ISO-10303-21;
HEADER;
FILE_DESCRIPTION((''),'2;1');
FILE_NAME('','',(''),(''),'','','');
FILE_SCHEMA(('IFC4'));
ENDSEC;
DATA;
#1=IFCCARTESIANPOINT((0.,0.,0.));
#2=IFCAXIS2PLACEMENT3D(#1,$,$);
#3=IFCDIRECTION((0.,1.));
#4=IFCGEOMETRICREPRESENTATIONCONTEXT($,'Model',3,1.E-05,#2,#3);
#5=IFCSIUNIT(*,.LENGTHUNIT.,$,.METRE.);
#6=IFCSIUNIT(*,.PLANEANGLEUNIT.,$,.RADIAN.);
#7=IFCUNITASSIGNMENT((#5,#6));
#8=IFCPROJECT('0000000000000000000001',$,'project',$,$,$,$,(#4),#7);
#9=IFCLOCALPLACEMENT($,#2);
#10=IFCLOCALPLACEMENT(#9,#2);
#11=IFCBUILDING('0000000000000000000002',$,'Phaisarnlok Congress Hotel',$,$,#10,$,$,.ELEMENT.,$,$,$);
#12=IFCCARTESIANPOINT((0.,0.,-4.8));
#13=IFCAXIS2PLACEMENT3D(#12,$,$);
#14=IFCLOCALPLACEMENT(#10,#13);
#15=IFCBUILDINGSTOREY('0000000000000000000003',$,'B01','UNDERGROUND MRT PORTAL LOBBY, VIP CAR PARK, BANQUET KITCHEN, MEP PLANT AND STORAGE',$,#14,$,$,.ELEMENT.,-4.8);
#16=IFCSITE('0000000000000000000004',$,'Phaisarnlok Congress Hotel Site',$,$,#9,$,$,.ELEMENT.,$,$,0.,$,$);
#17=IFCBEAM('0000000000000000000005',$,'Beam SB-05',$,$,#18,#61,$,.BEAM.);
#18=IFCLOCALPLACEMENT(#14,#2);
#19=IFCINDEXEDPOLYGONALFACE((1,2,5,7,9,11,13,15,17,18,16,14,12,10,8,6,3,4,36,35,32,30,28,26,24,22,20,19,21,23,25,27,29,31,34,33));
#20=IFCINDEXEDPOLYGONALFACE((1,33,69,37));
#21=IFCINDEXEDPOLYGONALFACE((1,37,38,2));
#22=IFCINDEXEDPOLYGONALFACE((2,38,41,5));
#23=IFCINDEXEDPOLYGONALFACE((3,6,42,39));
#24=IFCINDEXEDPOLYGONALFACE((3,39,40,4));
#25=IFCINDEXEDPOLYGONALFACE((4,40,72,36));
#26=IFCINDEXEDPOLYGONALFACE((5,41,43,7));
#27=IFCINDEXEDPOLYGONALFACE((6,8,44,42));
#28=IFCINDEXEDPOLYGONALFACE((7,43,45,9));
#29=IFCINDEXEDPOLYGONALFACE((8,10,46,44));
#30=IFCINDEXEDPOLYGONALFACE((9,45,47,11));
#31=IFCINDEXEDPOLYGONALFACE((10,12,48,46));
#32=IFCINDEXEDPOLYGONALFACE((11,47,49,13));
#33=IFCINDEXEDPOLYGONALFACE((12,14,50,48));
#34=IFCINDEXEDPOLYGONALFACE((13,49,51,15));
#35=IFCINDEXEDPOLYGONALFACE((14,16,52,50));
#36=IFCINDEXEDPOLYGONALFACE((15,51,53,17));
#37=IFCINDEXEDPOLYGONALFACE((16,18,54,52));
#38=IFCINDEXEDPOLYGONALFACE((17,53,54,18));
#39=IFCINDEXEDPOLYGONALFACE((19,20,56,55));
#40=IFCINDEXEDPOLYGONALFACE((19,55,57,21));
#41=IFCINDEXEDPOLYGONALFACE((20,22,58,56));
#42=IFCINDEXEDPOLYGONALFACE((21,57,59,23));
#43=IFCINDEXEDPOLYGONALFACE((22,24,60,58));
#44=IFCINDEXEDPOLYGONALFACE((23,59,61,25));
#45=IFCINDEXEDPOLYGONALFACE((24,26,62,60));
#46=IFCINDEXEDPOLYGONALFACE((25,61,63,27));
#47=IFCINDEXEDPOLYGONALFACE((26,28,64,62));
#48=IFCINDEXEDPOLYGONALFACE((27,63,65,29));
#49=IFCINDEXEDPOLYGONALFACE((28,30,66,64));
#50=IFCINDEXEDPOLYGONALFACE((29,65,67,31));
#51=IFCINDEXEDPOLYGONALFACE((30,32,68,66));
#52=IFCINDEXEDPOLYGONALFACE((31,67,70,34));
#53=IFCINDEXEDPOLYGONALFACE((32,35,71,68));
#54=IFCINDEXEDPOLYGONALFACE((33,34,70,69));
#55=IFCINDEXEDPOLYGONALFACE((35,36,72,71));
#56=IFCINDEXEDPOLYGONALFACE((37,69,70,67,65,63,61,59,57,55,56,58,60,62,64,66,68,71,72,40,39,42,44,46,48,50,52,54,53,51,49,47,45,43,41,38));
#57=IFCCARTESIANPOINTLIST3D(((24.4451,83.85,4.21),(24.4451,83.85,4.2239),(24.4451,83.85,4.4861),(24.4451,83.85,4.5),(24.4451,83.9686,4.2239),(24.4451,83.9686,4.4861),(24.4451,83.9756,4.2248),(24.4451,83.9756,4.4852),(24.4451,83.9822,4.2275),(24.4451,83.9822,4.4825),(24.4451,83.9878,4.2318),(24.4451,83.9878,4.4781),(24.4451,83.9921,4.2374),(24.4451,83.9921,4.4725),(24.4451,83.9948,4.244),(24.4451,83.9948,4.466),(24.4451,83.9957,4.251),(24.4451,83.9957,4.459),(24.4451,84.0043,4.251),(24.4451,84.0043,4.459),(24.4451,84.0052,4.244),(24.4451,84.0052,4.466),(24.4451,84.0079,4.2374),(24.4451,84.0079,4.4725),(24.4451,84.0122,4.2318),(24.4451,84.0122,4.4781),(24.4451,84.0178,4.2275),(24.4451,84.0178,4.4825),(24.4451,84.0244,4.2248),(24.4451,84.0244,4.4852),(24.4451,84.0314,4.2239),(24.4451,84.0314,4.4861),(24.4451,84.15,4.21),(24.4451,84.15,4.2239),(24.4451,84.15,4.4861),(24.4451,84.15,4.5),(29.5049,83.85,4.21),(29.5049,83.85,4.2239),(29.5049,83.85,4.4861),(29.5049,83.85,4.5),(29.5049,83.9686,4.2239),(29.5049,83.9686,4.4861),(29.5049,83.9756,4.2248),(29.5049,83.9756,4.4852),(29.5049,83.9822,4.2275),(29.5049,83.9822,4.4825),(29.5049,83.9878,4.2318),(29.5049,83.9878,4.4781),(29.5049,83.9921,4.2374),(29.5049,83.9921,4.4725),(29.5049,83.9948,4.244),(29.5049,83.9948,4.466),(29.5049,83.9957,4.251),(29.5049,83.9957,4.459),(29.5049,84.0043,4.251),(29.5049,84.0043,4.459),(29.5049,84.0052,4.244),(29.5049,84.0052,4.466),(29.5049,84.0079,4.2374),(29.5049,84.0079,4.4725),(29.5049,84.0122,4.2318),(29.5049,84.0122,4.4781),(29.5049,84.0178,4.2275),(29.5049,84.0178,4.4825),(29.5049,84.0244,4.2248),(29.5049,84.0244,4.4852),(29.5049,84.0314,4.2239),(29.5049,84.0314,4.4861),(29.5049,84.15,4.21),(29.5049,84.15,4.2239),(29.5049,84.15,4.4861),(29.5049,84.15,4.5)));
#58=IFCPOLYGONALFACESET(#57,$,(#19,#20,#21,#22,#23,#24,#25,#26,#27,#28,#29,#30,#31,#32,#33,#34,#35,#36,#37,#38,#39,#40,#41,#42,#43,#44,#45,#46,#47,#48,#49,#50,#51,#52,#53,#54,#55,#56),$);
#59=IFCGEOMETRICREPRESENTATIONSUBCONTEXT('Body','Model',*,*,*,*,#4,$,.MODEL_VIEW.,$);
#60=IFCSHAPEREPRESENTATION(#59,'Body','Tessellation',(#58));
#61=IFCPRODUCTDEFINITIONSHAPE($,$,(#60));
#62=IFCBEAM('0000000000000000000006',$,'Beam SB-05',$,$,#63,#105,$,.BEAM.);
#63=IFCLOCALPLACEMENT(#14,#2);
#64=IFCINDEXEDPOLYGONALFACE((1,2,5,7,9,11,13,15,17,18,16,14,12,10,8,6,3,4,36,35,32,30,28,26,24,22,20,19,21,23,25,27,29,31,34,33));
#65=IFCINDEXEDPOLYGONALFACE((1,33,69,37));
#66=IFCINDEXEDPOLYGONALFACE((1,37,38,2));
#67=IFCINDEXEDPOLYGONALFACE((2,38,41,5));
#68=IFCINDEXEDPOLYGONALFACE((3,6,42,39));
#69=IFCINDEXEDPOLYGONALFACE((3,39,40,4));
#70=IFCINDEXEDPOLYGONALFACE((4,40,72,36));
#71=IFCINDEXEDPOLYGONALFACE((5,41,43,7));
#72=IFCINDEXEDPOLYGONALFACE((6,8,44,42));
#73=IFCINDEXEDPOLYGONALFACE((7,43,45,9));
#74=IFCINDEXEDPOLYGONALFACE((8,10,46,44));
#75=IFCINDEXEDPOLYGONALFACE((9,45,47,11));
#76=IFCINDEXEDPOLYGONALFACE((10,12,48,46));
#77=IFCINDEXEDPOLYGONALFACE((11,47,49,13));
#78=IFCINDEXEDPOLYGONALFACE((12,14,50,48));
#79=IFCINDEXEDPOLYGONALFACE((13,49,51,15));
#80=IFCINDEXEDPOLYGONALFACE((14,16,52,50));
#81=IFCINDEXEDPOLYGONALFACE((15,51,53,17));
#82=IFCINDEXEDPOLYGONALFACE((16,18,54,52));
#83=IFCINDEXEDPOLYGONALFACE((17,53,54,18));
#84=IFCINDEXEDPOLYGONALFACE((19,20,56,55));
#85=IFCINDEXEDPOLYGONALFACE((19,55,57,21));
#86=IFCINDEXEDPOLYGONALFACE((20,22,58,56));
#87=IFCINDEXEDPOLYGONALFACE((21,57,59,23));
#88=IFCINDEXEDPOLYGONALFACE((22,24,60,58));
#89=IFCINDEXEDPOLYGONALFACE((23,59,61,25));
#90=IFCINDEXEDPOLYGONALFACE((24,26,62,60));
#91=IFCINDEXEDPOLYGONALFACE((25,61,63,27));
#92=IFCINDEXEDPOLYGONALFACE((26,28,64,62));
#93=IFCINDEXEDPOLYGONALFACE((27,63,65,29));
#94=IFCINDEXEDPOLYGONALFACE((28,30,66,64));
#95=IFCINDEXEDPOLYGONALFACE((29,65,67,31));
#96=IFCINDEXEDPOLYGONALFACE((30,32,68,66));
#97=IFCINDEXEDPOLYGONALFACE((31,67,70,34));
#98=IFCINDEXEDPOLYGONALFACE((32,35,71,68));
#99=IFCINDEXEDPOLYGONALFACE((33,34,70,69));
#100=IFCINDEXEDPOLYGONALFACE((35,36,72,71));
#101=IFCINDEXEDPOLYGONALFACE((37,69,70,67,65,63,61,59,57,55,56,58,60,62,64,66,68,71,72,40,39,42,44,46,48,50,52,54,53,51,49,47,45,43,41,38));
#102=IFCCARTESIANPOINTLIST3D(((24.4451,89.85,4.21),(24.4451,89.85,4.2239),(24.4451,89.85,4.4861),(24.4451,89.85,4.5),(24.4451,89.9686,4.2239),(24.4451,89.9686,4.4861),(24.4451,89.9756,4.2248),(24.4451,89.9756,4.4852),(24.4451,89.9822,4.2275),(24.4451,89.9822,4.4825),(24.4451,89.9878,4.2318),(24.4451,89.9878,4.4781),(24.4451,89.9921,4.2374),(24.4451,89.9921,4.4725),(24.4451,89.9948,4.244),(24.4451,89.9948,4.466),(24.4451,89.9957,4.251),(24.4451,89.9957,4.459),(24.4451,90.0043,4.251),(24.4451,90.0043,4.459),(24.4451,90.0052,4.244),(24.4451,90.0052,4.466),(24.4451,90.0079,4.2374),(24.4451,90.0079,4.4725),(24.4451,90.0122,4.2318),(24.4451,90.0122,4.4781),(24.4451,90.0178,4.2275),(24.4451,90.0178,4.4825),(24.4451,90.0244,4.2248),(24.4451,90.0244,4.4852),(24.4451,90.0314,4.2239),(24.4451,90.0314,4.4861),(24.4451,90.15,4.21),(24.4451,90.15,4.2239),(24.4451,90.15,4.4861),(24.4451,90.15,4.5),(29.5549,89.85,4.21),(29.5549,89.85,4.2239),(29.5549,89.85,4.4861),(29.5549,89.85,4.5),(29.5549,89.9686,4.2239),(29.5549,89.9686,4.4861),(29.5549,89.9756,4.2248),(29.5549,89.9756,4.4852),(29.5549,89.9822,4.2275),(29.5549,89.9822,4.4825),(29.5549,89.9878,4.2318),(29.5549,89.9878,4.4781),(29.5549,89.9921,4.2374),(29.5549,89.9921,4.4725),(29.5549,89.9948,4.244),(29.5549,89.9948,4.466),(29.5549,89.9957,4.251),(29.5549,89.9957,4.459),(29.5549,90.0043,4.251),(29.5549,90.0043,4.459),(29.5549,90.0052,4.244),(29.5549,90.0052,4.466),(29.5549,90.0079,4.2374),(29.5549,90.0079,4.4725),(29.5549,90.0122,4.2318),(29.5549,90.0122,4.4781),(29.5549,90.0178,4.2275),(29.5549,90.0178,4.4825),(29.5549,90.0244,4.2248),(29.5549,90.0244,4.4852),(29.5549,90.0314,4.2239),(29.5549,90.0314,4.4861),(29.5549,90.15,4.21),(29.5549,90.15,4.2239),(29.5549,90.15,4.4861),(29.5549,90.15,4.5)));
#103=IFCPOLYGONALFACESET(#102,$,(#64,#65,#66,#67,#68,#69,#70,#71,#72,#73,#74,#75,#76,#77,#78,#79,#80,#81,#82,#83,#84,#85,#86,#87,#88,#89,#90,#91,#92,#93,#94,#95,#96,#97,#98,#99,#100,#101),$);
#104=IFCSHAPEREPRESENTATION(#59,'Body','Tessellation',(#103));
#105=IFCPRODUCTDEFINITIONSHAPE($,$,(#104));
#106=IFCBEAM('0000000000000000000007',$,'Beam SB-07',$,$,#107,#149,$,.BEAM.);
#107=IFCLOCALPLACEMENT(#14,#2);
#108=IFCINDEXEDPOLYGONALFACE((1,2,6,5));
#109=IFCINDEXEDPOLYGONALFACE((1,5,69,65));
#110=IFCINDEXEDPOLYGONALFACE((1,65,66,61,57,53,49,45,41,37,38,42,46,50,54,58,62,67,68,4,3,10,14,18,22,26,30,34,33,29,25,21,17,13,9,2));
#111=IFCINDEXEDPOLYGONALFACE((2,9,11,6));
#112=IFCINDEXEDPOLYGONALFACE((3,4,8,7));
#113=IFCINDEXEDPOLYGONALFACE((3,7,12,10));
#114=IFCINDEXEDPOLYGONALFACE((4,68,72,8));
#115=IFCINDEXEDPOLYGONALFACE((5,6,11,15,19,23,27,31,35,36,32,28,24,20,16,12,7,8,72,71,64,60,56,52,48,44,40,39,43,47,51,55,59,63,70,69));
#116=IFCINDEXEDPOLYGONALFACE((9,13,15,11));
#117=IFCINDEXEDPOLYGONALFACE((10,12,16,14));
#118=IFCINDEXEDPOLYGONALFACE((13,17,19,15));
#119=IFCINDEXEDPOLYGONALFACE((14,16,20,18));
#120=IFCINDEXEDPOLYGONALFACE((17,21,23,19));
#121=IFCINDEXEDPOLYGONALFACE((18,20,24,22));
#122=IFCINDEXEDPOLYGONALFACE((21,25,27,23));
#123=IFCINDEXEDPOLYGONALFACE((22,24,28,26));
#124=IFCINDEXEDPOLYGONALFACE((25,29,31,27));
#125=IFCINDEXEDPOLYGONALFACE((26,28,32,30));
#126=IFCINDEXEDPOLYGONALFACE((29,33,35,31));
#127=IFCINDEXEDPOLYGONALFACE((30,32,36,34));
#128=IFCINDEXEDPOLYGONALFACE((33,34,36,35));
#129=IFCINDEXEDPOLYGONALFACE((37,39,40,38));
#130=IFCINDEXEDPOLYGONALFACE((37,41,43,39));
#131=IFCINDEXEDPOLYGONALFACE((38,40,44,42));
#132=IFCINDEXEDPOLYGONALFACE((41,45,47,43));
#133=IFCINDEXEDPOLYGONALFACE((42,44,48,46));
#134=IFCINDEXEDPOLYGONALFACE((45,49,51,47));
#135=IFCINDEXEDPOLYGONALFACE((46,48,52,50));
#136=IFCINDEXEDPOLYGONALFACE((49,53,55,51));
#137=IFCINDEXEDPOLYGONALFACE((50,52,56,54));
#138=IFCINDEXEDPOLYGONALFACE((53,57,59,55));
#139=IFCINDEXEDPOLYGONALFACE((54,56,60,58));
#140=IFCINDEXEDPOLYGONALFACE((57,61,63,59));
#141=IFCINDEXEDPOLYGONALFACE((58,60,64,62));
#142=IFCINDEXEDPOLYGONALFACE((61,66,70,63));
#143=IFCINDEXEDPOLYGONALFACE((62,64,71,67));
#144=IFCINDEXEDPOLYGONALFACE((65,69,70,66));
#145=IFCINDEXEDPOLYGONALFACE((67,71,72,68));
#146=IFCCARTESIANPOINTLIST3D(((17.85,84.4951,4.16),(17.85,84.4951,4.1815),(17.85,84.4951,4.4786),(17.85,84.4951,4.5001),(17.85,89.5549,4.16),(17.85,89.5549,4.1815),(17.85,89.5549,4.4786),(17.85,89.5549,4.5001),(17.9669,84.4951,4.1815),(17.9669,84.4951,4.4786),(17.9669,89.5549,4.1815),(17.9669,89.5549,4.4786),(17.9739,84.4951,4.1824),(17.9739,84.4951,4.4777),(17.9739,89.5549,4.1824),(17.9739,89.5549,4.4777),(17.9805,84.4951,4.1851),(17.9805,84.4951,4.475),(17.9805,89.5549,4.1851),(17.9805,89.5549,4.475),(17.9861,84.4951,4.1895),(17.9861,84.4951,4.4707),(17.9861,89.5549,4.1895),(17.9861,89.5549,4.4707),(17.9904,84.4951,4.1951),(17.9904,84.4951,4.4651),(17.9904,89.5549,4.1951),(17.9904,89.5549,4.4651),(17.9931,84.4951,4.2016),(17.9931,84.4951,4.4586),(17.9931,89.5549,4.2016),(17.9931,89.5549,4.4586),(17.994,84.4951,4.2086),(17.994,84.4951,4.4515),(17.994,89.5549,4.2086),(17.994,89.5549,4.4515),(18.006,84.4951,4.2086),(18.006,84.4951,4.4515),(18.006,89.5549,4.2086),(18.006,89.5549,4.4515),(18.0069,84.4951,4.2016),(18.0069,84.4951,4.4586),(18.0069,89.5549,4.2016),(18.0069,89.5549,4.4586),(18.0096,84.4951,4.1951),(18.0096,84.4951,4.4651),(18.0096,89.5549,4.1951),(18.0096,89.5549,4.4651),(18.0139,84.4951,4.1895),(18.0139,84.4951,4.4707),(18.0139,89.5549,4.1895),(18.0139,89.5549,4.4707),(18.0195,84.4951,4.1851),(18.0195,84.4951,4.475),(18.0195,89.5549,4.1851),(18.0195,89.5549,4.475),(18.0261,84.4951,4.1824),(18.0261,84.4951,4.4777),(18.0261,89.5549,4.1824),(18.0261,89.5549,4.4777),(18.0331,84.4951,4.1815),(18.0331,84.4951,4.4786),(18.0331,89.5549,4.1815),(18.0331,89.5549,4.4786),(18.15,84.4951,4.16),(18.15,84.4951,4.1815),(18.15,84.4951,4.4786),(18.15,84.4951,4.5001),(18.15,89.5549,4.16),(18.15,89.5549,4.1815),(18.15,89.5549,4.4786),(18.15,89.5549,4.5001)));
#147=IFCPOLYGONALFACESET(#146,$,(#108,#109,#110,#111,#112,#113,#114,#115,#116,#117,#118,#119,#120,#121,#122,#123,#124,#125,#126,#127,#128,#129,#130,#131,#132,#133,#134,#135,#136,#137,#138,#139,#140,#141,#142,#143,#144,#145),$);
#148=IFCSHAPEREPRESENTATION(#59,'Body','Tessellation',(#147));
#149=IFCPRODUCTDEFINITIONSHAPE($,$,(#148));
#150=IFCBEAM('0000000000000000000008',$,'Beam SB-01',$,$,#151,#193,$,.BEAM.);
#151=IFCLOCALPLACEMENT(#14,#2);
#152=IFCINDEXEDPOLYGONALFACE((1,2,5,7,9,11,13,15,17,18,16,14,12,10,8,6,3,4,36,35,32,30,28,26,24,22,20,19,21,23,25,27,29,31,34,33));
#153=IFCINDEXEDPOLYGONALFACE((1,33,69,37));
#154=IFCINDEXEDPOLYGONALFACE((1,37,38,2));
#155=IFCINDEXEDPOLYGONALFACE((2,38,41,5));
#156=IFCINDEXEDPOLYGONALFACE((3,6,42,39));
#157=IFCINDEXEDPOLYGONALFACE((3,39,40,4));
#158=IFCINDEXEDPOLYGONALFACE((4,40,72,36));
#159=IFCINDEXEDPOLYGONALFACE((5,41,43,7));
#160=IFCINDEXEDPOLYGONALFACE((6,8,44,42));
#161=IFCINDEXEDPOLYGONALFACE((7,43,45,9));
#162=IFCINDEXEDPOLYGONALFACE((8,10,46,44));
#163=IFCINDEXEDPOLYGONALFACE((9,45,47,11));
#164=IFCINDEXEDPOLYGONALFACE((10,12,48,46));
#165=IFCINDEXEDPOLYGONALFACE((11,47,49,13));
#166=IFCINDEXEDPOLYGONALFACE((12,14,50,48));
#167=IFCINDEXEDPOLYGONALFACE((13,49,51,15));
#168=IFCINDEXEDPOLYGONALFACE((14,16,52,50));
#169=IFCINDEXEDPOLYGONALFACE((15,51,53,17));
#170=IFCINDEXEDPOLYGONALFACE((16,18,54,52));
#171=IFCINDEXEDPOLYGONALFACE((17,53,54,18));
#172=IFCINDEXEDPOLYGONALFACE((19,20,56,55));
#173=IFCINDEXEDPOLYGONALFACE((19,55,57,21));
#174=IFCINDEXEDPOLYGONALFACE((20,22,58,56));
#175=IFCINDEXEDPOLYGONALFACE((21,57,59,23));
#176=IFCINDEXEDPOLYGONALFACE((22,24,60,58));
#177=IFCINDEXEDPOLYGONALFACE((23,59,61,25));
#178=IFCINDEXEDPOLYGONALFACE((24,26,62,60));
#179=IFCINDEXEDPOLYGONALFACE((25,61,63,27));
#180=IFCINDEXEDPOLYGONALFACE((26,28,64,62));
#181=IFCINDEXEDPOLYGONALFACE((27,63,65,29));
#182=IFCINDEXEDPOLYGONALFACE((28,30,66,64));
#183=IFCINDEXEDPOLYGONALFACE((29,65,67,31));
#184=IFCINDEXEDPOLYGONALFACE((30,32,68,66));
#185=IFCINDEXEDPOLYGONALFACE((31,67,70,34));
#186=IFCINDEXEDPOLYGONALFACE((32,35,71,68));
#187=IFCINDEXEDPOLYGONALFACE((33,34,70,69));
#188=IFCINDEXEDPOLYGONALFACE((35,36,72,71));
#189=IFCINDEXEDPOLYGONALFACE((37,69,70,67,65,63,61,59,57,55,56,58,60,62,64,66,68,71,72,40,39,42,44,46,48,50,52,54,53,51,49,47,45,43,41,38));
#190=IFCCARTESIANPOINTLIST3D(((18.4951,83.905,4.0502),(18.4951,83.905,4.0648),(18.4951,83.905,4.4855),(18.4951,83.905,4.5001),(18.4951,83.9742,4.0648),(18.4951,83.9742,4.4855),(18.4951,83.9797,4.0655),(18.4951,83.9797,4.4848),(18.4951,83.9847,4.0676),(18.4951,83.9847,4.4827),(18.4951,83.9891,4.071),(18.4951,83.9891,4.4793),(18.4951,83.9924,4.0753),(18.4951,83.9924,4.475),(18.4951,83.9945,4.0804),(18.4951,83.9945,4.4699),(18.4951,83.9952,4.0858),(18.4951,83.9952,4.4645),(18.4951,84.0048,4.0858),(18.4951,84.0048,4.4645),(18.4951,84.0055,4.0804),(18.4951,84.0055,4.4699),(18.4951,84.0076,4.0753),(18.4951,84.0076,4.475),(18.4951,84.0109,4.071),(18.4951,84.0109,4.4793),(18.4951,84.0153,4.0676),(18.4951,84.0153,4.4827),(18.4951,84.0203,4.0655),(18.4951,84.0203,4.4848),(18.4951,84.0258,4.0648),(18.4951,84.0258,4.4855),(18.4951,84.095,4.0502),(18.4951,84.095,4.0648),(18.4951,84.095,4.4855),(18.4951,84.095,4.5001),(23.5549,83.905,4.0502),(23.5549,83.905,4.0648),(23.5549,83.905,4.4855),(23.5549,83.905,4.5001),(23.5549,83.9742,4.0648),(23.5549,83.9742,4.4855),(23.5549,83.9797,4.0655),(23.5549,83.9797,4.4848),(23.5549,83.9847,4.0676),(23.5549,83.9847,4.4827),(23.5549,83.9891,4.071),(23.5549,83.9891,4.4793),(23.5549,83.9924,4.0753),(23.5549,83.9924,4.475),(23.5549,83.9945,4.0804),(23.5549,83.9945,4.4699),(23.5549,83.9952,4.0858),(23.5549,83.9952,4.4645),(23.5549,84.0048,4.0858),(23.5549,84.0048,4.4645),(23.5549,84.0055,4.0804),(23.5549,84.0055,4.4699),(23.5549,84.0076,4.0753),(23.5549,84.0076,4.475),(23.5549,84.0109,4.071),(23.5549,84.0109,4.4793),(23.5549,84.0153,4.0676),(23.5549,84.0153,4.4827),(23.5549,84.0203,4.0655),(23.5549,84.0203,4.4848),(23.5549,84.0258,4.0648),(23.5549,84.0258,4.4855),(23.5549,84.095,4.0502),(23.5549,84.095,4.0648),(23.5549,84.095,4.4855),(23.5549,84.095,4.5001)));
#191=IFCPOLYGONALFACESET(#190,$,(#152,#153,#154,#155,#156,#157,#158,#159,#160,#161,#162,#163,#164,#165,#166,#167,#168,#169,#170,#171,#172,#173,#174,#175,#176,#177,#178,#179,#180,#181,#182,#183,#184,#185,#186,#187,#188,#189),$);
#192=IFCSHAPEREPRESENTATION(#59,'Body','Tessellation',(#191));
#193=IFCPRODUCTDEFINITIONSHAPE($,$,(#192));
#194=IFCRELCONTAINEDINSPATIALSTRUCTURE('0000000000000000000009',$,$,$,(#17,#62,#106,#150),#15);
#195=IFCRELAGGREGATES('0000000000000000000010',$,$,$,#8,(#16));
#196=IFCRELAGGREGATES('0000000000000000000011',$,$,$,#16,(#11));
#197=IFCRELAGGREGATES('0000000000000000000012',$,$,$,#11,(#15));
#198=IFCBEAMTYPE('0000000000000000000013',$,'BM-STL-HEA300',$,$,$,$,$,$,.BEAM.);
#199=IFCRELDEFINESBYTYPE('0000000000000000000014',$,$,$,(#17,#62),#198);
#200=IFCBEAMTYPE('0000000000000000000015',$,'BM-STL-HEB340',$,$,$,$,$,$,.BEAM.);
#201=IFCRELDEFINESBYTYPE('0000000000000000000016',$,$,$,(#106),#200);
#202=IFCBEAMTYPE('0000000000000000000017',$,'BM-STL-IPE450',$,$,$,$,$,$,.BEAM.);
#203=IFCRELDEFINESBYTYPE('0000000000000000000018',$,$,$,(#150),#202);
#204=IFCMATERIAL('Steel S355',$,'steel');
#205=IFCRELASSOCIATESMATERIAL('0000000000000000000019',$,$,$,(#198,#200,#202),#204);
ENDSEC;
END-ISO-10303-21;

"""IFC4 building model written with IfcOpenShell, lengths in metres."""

from ifc_helpers import new_model, si_unit, direction, frame, origin, origin_2d, place, context, subcontext, project, spatial, i_section, extrude, material, material_profile, profile_set, type_object, element, save


model = new_model("IFC4")

# Units and contexts
model_context = context("Model", 3, precision=1e-05, world=origin(), true_north=direction((0.0, 1.0)))
body_context = subcontext(model_context, "Body", "Model", "MODEL_VIEW")
ifc_project = project(units=[si_unit("LENGTHUNIT", "METRE"), si_unit("PLANEANGLEUNIT", "RADIAN")], contexts=[model_context])

# Site, building, storey
site_placement = place(None, origin())
site = spatial("IfcSite", under=ifc_project, at=site_placement, Name="Phaisarnlok Congress Hotel Site", CompositionType="ELEMENT", RefElevation=0.0)
building_placement = place(site_placement, origin())
building = spatial("IfcBuilding", under=site, at=building_placement, Name="Phaisarnlok Congress Hotel", CompositionType="ELEMENT")
storey_placement = place(building_placement, frame((0.0, 0.0, -4.8)))
storey = spatial("IfcBuildingStorey", under=building, at=storey_placement, Name="B01", Description="UNDERGROUND MRT PORTAL LOBBY, VIP CAR PARK, BANQUET KITCHEN, MEP PLANT AND STORAGE", CompositionType="ELEMENT", Elevation=-4.8)

# Beams
ifc_material_1 = material(Name="Steel S355", Category="steel")
ifc_material_profile_1 = material_profile(ifc_material_1, i_section(OverallWidth=0.3, OverallDepth=0.29, WebThickness=0.0085, FlangeThickness=0.0139, FilletRadius=0.0271, at=origin_2d()), Name="HEA 300")
ifc_profile_set_1 = profile_set([ifc_material_profile_1], Name="Steel S355")
beam_type_1 = type_object("IfcBeamType", Name="BM-STL-HEA300", PredefinedType="BEAM", material=ifc_profile_set_1)
beam_1_placement = place(storey_placement, frame((24.4451, 84.0, 4.355), z_axis=(1.0, 0.0, 0.0), x_axis=(0.0, 1.0, 0.0)))
element("IfcBeam", 1, at=beam_1_placement, inside=storey, type_object=beam_type_1, Name="Beam SB-05", PredefinedType="BEAM", context=body_context, shape_type="SweptSolid", body=[
    extrude(i_section(OverallWidth=0.3, OverallDepth=0.29, WebThickness=0.0085, FlangeThickness=0.0139, FilletRadius=0.0271, at=origin_2d()), origin(), (0.0, 0.0, 1.0), 5.0598),
])
beam_2_placement = place(storey_placement, frame((24.4451, 90.0, 4.355), z_axis=(1.0, 0.0, 0.0), x_axis=(0.0, 1.0, 0.0)))
element("IfcBeam", 2, at=beam_2_placement, inside=storey, type_object=beam_type_1, Name="Beam SB-05", PredefinedType="BEAM", context=body_context, shape_type="SweptSolid", body=[
    extrude(i_section(OverallWidth=0.3, OverallDepth=0.29, WebThickness=0.0085, FlangeThickness=0.0139, FilletRadius=0.0271, at=origin_2d()), origin(), (0.0, 0.0, 1.0), 5.1099),
])
ifc_material_profile_2 = material_profile(ifc_material_1, i_section(OverallWidth=0.3, OverallDepth=0.3401, WebThickness=0.012, FlangeThickness=0.0215, FilletRadius=0.0271, at=origin_2d()), Name="HEB 340")
ifc_profile_set_2 = profile_set([ifc_material_profile_2], Name="Steel S355")
beam_type_2 = type_object("IfcBeamType", Name="BM-STL-HEB340", PredefinedType="BEAM", material=ifc_profile_set_2)
beam_3_placement = place(storey_placement, frame((18.0, 84.4951, 4.3301), z_axis=(0.0, 1.0, 0.0), x_axis=(-1.0, 0.0, 0.0)))
element("IfcBeam", 3, at=beam_3_placement, inside=storey, type_object=beam_type_2, Name="Beam SB-07", PredefinedType="BEAM", context=body_context, shape_type="SweptSolid", body=[
    extrude(i_section(OverallWidth=0.3, OverallDepth=0.3401, WebThickness=0.012, FlangeThickness=0.0215, FilletRadius=0.0271, at=origin_2d()), origin(), (0.0, 0.0, 1.0), 5.0598),
])
ifc_material_profile_3 = material_profile(ifc_material_1, i_section(OverallWidth=0.1899, OverallDepth=0.45, WebThickness=0.0095, FlangeThickness=0.0146, FilletRadius=0.021, at=origin_2d()), Name="IPE 450")
ifc_profile_set_3 = profile_set([ifc_material_profile_3], Name="Steel S355")
beam_type_3 = type_object("IfcBeamType", Name="BM-STL-IPE450", PredefinedType="BEAM", material=ifc_profile_set_3)
beam_4_placement = place(storey_placement, frame((18.4951, 84.0, 4.2751), z_axis=(1.0, 0.0, 0.0), x_axis=(0.0, 1.0, 0.0)))
element("IfcBeam", 4, at=beam_4_placement, inside=storey, type_object=beam_type_3, Name="Beam SB-01", PredefinedType="BEAM", context=body_context, shape_type="SweptSolid", body=[
    extrude(i_section(OverallWidth=0.1899, OverallDepth=0.45, WebThickness=0.0095, FlangeThickness=0.0146, FilletRadius=0.021, at=origin_2d()), origin(), (0.0, 0.0, 1.0), 5.0598),
])

save(model, "model.ifc")
